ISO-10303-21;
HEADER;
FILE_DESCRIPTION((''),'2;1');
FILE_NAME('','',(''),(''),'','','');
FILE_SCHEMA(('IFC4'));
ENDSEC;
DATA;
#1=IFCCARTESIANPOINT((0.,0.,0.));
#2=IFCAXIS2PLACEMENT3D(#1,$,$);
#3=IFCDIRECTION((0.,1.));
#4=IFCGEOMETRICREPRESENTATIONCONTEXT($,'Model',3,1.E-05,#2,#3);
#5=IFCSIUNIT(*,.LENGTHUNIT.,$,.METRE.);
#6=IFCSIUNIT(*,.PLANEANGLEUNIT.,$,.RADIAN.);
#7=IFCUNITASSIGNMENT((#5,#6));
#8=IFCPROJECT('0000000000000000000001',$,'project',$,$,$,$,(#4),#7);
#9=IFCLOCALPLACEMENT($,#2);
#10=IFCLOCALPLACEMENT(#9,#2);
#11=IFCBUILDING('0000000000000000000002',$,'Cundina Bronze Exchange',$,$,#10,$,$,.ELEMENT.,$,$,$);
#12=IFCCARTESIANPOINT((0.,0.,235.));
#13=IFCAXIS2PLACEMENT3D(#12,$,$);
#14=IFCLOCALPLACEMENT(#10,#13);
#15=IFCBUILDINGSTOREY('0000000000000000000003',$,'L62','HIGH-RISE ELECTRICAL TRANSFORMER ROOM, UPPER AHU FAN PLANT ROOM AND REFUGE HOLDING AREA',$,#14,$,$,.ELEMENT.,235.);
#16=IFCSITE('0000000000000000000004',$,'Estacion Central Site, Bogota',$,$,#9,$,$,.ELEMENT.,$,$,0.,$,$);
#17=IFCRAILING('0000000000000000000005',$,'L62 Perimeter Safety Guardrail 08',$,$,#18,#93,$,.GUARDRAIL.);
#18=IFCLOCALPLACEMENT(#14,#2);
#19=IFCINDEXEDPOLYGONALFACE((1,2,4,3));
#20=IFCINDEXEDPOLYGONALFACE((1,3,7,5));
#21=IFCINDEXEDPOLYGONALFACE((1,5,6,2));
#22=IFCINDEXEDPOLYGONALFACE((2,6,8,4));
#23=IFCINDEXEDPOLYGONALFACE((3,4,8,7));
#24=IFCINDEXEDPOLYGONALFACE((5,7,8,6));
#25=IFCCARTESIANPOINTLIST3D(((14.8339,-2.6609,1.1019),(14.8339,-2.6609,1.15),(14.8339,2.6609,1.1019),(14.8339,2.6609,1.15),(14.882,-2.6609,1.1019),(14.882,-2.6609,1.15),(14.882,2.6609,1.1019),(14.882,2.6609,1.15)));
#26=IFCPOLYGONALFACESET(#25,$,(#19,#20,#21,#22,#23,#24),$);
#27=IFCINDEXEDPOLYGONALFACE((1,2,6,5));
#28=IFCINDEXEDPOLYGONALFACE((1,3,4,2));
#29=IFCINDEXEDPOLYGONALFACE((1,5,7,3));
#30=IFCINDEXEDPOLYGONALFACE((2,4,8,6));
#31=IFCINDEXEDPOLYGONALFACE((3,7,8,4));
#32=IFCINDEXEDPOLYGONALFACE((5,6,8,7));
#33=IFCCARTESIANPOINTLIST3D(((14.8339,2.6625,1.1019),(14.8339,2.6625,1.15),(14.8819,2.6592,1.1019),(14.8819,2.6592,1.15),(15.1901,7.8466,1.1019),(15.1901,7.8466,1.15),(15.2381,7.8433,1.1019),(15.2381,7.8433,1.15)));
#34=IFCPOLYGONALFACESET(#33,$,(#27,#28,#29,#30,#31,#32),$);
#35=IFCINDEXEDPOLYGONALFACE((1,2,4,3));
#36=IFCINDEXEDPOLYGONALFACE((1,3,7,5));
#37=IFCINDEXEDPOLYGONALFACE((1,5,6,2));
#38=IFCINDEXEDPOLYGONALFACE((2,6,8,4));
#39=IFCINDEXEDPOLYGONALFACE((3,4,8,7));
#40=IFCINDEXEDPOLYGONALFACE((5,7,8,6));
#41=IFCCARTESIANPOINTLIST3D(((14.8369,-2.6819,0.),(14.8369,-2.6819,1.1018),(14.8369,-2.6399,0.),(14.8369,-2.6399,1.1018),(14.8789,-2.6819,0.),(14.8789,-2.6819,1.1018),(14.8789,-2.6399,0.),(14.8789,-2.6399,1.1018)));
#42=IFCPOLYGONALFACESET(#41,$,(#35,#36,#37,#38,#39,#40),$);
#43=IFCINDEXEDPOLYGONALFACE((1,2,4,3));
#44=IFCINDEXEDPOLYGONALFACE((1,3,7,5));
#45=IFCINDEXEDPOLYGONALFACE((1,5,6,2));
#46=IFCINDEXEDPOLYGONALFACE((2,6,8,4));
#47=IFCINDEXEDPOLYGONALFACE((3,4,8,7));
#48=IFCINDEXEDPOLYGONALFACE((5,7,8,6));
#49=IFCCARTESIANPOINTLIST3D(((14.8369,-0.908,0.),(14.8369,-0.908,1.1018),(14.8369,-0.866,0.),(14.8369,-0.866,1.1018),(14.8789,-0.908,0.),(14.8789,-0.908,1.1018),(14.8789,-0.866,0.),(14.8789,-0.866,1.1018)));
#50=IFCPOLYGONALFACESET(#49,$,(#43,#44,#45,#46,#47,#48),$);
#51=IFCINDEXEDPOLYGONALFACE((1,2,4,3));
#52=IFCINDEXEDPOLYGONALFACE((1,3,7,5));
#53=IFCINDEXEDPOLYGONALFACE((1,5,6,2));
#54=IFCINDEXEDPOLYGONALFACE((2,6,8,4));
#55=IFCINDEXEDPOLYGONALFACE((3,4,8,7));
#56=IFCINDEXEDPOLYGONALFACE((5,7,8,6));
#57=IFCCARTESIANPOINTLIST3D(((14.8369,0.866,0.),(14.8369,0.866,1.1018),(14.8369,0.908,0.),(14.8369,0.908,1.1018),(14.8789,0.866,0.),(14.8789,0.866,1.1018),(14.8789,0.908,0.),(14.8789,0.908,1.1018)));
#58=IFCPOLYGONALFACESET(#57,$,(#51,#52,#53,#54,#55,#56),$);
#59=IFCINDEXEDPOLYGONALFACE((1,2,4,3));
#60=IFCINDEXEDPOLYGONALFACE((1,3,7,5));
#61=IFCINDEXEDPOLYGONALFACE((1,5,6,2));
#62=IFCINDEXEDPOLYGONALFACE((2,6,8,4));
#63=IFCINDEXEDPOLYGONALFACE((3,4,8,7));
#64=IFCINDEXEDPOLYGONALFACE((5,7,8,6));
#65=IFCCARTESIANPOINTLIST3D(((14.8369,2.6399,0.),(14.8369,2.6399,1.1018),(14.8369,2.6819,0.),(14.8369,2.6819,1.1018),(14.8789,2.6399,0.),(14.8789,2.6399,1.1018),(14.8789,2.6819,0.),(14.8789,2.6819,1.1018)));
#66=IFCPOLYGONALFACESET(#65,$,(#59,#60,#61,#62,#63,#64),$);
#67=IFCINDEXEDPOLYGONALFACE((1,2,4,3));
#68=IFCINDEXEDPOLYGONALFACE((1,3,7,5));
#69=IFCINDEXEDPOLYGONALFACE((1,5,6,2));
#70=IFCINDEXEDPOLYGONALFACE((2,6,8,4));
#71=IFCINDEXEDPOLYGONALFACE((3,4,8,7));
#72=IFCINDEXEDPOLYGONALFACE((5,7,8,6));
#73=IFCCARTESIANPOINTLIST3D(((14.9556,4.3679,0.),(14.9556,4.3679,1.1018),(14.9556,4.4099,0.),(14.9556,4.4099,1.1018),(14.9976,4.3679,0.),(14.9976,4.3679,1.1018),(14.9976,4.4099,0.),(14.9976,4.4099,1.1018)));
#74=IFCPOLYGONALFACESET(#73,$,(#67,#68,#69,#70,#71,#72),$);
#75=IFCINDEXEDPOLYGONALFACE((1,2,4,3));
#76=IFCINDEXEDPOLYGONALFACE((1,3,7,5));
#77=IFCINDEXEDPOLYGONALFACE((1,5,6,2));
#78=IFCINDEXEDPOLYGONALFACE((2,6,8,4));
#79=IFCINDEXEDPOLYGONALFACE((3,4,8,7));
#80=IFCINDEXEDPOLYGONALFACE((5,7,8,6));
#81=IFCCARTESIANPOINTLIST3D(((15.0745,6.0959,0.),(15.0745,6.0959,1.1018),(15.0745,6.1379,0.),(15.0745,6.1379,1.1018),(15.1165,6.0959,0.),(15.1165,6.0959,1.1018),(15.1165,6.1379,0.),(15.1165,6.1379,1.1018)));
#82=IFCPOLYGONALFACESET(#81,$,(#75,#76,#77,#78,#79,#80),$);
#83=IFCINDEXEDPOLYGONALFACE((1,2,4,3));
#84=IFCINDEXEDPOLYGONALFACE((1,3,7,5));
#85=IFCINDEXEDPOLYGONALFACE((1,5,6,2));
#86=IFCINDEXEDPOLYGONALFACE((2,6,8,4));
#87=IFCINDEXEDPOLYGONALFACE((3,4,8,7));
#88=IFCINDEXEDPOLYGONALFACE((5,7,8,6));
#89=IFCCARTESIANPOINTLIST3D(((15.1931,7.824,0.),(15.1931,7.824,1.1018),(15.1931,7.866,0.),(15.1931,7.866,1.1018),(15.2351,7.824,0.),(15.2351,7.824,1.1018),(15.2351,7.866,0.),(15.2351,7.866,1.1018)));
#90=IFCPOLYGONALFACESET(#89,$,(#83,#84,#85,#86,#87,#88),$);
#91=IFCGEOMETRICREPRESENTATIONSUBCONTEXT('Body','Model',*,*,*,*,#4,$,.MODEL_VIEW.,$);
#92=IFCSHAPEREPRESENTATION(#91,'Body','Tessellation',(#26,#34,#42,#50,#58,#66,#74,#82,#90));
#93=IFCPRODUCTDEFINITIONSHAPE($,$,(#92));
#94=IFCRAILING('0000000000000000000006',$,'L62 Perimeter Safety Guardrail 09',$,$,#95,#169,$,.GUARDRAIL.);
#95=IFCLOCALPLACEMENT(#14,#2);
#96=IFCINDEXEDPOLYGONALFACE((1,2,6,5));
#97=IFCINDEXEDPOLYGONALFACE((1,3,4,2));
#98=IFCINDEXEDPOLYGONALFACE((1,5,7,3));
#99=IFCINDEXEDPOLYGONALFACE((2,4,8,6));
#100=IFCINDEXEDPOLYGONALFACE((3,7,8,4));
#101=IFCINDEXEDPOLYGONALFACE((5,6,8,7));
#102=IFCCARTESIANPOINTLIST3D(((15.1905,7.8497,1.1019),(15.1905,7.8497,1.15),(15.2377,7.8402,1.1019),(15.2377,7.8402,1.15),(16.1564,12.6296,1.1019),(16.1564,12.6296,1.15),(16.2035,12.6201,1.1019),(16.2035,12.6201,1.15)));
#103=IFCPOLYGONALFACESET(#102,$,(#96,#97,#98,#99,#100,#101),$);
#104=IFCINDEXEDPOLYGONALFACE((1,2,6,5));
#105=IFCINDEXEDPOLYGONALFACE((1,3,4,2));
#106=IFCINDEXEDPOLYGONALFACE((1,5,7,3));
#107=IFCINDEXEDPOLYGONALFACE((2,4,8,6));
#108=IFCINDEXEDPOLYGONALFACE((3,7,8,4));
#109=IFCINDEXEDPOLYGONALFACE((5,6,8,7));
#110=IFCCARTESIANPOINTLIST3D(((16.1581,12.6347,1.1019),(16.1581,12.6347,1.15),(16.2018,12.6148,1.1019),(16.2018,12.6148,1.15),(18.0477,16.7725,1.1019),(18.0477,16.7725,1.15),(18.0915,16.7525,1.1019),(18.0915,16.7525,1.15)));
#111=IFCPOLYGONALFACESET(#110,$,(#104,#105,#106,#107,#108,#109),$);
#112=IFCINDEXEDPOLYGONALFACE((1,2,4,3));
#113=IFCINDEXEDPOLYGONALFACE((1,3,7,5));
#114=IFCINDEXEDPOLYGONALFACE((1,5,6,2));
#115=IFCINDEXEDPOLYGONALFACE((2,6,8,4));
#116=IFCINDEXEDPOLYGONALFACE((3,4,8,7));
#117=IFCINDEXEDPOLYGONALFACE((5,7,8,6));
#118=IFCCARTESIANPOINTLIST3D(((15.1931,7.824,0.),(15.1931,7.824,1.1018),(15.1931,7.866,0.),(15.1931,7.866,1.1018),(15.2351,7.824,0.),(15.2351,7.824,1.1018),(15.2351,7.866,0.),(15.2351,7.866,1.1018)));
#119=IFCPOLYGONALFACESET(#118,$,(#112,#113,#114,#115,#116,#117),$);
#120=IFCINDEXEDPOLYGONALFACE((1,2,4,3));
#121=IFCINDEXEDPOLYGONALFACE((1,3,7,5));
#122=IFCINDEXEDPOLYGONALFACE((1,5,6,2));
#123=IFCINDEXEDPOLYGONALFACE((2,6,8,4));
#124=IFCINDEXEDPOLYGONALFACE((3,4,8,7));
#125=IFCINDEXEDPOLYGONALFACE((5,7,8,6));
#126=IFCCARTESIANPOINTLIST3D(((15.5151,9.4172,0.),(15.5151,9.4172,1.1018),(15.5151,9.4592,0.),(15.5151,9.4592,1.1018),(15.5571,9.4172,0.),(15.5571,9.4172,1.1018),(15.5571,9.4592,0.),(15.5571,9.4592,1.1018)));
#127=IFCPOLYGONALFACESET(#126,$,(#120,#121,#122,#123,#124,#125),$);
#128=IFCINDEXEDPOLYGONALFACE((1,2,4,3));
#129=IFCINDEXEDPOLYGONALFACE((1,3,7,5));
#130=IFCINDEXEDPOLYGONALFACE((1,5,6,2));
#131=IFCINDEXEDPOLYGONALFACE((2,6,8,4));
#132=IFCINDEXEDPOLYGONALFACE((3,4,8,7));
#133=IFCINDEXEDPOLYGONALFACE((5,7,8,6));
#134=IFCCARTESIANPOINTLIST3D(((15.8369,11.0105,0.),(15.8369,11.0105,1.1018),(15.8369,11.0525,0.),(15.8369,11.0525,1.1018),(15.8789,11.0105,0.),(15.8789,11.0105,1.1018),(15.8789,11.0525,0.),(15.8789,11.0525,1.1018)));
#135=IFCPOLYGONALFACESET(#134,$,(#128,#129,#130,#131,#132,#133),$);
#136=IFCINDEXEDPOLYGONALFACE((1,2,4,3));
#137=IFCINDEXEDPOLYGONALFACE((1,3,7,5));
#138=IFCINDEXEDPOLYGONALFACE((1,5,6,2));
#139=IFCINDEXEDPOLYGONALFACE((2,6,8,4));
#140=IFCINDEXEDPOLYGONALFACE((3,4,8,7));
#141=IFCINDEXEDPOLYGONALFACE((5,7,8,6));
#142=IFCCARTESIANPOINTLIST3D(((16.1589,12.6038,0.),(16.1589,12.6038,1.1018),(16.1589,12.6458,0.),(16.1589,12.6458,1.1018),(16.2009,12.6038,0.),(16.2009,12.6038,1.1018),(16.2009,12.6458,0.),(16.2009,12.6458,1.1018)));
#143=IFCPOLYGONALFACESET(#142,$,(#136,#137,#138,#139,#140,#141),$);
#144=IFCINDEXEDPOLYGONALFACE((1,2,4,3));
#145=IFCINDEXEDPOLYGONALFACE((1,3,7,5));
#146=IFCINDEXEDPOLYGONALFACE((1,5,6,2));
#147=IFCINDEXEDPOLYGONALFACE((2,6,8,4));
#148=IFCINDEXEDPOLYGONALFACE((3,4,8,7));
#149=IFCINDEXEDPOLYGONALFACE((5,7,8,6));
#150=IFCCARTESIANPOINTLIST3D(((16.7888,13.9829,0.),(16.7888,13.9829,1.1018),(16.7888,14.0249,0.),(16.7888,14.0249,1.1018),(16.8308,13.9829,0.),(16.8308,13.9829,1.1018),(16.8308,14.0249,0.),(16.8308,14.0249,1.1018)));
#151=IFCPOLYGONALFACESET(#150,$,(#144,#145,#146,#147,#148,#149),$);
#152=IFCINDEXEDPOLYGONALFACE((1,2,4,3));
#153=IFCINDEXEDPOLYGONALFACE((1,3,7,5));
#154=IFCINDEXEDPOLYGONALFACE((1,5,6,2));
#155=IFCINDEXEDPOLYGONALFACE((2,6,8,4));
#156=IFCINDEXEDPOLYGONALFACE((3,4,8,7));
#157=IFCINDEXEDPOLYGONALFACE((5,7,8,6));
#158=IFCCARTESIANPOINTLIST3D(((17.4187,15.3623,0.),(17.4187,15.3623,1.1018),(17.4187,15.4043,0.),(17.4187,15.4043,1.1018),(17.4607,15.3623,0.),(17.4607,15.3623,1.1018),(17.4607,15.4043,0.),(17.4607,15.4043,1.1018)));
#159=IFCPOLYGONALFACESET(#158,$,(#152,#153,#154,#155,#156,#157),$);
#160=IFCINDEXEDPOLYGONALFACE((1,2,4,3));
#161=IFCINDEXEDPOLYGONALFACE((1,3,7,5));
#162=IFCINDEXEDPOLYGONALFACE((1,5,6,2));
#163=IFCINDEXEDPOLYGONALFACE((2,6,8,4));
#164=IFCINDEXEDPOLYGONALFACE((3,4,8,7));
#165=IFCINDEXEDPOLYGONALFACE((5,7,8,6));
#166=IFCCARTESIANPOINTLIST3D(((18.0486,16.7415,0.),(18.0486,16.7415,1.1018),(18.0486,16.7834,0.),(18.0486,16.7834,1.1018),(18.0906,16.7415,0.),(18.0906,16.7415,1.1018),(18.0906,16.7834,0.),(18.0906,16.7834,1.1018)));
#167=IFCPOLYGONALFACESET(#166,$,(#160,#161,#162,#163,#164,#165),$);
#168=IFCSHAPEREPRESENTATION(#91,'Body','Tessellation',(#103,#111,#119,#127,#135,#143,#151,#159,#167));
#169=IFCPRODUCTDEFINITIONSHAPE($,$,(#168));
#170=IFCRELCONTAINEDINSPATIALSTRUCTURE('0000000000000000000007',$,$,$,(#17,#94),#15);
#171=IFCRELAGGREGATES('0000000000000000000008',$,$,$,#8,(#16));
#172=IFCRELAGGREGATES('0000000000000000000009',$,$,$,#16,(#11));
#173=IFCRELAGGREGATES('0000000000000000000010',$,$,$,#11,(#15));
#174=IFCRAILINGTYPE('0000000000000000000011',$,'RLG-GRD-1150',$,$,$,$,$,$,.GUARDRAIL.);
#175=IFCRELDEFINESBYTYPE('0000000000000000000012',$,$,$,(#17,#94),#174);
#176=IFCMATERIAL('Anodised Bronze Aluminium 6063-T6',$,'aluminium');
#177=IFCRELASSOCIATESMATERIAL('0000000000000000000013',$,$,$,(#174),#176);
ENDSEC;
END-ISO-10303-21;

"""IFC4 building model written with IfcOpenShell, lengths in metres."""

from ifc_helpers import new_model, si_unit, direction, frame, origin, origin_2d, place, context, subcontext, project, spatial, rectangle, extrude, material, type_object, element, save


model = new_model("IFC4")

# Units and contexts
model_context = context("Model", 3, precision=1e-05, world=origin(), true_north=direction((0.0, 1.0)))
body_context = subcontext(model_context, "Body", "Model", "MODEL_VIEW")
ifc_project = project(units=[si_unit("LENGTHUNIT", "METRE"), si_unit("PLANEANGLEUNIT", "RADIAN")], contexts=[model_context])

# Site, building, storey
site_placement = place(None, origin())
site = spatial("IfcSite", under=ifc_project, at=site_placement, Name="Estacion Central Site, Bogota", CompositionType="ELEMENT", RefElevation=0.0)
building_placement = place(site_placement, origin())
building = spatial("IfcBuilding", under=site, at=building_placement, Name="Cundina Bronze Exchange", CompositionType="ELEMENT")
storey_placement = place(building_placement, frame((0.0, 0.0, 235.0)))
storey = spatial("IfcBuildingStorey", under=building, at=storey_placement, Name="L62", Description="HIGH-RISE ELECTRICAL TRANSFORMER ROOM, UPPER AHU FAN PLANT ROOM AND REFUGE HOLDING AREA", CompositionType="ELEMENT", Elevation=235.0)

# Shared definitions
ifc_material_1 = material(Name="Anodised Bronze Aluminium 6063-T6", Category="aluminium")

# Railings
railing_type = type_object("IfcRailingType", Name="RLG-GRD-1150", PredefinedType="GUARDRAIL", material=ifc_material_1)
railing_1_placement = place(storey_placement, frame((14.8579, -2.6609, 0.0)))
element("IfcRailing", 1, at=railing_1_placement, inside=storey, type_object=railing_type, Name="L62 Perimeter Safety Guardrail 08", PredefinedType="GUARDRAIL", context=body_context, shape_type="SweptSolid", body=[
    extrude(rectangle(XDim=0.0481, YDim=0.0481, at=origin_2d()), frame((0.0, 0.0, 1.126), z_axis=(0.0, 1.0, 0.0), x_axis=(-1.0, 0.0, 0.0)), (0.0, 0.0, 1.0), 5.3218),
    extrude(rectangle(XDim=0.0481, YDim=0.0481, at=origin_2d()), frame((0.0, 5.3218, 1.126), z_axis=(0.068549, 0.997648, 0.0), x_axis=(-0.997648, 0.068549, 0.0)), (0.0, 0.0, 1.0), 5.1963),
    extrude(rectangle(XDim=0.042, YDim=0.042, at=origin_2d()), origin(), (0.0, 0.0, 1.0), 1.1018),
    extrude(rectangle(XDim=0.042, YDim=0.042, at=origin_2d()), frame((0.0, 1.7739, 0.0)), (0.0, 0.0, 1.0), 1.1018),
    extrude(rectangle(XDim=0.042, YDim=0.042, at=origin_2d()), frame((0.0, 3.5479, 0.0)), (0.0, 0.0, 1.0), 1.1018),
    extrude(rectangle(XDim=0.042, YDim=0.042, at=origin_2d()), frame((0.0, 5.3218, 0.0)), (0.0, 0.0, 1.0), 1.1018),
    extrude(rectangle(XDim=0.042, YDim=0.042, at=origin_2d()), frame((0.1187, 7.0498, 0.0)), (0.0, 0.0, 1.0), 1.1018),
    extrude(rectangle(XDim=0.042, YDim=0.042, at=origin_2d()), frame((0.2375, 8.7778, 0.0)), (0.0, 0.0, 1.0), 1.1018),
    extrude(rectangle(XDim=0.042, YDim=0.042, at=origin_2d()), frame((0.3562, 10.5059, 0.0)), (0.0, 0.0, 1.0), 1.1018),
])
railing_2_placement = place(storey_placement, frame((15.2141, 7.845, 0.0)))
element("IfcRailing", 2, at=railing_2_placement, inside=storey, type_object=railing_type, Name="L62 Perimeter Safety Guardrail 09", PredefinedType="GUARDRAIL", context=body_context, shape_type="SweptSolid", body=[
    extrude(rectangle(XDim=0.0481, YDim=0.0481, at=origin_2d()), frame((0.0, 0.0, 1.126), z_axis=(0.198061, 0.98019, 0.0), x_axis=(-0.98019, 0.198061, 0.0)), (0.0, 0.0, 1.0), 4.8765),
    extrude(rectangle(XDim=0.0481, YDim=0.0481, at=origin_2d()), frame((0.9658, 4.7798, 1.126), z_axis=(0.41542, 0.90963, 0.0), x_axis=(-0.90963, 0.41542, 0.0)), (0.0, 0.0, 1.0), 4.5488),
    extrude(rectangle(XDim=0.042, YDim=0.042, at=origin_2d()), origin(), (0.0, 0.0, 1.0), 1.1018),
    extrude(rectangle(XDim=0.042, YDim=0.042, at=origin_2d()), frame((0.322, 1.5933, 0.0)), (0.0, 0.0, 1.0), 1.1018),
    extrude(rectangle(XDim=0.042, YDim=0.042, at=origin_2d()), frame((0.6438, 3.1865, 0.0)), (0.0, 0.0, 1.0), 1.1018),
    extrude(rectangle(XDim=0.042, YDim=0.042, at=origin_2d()), frame((0.9658, 4.7798, 0.0)), (0.0, 0.0, 1.0), 1.1018),
    extrude(rectangle(XDim=0.042, YDim=0.042, at=origin_2d()), frame((1.5957, 6.1589, 0.0)), (0.0, 0.0, 1.0), 1.1018),
    extrude(rectangle(XDim=0.042, YDim=0.042, at=origin_2d()), frame((2.2256, 7.5383, 0.0)), (0.0, 0.0, 1.0), 1.1018),
    extrude(rectangle(XDim=0.042, YDim=0.042, at=origin_2d()), frame((2.8555, 8.9175, 0.0)), (0.0, 0.0, 1.0), 1.1018),
])

save(model, "model.ifc")
